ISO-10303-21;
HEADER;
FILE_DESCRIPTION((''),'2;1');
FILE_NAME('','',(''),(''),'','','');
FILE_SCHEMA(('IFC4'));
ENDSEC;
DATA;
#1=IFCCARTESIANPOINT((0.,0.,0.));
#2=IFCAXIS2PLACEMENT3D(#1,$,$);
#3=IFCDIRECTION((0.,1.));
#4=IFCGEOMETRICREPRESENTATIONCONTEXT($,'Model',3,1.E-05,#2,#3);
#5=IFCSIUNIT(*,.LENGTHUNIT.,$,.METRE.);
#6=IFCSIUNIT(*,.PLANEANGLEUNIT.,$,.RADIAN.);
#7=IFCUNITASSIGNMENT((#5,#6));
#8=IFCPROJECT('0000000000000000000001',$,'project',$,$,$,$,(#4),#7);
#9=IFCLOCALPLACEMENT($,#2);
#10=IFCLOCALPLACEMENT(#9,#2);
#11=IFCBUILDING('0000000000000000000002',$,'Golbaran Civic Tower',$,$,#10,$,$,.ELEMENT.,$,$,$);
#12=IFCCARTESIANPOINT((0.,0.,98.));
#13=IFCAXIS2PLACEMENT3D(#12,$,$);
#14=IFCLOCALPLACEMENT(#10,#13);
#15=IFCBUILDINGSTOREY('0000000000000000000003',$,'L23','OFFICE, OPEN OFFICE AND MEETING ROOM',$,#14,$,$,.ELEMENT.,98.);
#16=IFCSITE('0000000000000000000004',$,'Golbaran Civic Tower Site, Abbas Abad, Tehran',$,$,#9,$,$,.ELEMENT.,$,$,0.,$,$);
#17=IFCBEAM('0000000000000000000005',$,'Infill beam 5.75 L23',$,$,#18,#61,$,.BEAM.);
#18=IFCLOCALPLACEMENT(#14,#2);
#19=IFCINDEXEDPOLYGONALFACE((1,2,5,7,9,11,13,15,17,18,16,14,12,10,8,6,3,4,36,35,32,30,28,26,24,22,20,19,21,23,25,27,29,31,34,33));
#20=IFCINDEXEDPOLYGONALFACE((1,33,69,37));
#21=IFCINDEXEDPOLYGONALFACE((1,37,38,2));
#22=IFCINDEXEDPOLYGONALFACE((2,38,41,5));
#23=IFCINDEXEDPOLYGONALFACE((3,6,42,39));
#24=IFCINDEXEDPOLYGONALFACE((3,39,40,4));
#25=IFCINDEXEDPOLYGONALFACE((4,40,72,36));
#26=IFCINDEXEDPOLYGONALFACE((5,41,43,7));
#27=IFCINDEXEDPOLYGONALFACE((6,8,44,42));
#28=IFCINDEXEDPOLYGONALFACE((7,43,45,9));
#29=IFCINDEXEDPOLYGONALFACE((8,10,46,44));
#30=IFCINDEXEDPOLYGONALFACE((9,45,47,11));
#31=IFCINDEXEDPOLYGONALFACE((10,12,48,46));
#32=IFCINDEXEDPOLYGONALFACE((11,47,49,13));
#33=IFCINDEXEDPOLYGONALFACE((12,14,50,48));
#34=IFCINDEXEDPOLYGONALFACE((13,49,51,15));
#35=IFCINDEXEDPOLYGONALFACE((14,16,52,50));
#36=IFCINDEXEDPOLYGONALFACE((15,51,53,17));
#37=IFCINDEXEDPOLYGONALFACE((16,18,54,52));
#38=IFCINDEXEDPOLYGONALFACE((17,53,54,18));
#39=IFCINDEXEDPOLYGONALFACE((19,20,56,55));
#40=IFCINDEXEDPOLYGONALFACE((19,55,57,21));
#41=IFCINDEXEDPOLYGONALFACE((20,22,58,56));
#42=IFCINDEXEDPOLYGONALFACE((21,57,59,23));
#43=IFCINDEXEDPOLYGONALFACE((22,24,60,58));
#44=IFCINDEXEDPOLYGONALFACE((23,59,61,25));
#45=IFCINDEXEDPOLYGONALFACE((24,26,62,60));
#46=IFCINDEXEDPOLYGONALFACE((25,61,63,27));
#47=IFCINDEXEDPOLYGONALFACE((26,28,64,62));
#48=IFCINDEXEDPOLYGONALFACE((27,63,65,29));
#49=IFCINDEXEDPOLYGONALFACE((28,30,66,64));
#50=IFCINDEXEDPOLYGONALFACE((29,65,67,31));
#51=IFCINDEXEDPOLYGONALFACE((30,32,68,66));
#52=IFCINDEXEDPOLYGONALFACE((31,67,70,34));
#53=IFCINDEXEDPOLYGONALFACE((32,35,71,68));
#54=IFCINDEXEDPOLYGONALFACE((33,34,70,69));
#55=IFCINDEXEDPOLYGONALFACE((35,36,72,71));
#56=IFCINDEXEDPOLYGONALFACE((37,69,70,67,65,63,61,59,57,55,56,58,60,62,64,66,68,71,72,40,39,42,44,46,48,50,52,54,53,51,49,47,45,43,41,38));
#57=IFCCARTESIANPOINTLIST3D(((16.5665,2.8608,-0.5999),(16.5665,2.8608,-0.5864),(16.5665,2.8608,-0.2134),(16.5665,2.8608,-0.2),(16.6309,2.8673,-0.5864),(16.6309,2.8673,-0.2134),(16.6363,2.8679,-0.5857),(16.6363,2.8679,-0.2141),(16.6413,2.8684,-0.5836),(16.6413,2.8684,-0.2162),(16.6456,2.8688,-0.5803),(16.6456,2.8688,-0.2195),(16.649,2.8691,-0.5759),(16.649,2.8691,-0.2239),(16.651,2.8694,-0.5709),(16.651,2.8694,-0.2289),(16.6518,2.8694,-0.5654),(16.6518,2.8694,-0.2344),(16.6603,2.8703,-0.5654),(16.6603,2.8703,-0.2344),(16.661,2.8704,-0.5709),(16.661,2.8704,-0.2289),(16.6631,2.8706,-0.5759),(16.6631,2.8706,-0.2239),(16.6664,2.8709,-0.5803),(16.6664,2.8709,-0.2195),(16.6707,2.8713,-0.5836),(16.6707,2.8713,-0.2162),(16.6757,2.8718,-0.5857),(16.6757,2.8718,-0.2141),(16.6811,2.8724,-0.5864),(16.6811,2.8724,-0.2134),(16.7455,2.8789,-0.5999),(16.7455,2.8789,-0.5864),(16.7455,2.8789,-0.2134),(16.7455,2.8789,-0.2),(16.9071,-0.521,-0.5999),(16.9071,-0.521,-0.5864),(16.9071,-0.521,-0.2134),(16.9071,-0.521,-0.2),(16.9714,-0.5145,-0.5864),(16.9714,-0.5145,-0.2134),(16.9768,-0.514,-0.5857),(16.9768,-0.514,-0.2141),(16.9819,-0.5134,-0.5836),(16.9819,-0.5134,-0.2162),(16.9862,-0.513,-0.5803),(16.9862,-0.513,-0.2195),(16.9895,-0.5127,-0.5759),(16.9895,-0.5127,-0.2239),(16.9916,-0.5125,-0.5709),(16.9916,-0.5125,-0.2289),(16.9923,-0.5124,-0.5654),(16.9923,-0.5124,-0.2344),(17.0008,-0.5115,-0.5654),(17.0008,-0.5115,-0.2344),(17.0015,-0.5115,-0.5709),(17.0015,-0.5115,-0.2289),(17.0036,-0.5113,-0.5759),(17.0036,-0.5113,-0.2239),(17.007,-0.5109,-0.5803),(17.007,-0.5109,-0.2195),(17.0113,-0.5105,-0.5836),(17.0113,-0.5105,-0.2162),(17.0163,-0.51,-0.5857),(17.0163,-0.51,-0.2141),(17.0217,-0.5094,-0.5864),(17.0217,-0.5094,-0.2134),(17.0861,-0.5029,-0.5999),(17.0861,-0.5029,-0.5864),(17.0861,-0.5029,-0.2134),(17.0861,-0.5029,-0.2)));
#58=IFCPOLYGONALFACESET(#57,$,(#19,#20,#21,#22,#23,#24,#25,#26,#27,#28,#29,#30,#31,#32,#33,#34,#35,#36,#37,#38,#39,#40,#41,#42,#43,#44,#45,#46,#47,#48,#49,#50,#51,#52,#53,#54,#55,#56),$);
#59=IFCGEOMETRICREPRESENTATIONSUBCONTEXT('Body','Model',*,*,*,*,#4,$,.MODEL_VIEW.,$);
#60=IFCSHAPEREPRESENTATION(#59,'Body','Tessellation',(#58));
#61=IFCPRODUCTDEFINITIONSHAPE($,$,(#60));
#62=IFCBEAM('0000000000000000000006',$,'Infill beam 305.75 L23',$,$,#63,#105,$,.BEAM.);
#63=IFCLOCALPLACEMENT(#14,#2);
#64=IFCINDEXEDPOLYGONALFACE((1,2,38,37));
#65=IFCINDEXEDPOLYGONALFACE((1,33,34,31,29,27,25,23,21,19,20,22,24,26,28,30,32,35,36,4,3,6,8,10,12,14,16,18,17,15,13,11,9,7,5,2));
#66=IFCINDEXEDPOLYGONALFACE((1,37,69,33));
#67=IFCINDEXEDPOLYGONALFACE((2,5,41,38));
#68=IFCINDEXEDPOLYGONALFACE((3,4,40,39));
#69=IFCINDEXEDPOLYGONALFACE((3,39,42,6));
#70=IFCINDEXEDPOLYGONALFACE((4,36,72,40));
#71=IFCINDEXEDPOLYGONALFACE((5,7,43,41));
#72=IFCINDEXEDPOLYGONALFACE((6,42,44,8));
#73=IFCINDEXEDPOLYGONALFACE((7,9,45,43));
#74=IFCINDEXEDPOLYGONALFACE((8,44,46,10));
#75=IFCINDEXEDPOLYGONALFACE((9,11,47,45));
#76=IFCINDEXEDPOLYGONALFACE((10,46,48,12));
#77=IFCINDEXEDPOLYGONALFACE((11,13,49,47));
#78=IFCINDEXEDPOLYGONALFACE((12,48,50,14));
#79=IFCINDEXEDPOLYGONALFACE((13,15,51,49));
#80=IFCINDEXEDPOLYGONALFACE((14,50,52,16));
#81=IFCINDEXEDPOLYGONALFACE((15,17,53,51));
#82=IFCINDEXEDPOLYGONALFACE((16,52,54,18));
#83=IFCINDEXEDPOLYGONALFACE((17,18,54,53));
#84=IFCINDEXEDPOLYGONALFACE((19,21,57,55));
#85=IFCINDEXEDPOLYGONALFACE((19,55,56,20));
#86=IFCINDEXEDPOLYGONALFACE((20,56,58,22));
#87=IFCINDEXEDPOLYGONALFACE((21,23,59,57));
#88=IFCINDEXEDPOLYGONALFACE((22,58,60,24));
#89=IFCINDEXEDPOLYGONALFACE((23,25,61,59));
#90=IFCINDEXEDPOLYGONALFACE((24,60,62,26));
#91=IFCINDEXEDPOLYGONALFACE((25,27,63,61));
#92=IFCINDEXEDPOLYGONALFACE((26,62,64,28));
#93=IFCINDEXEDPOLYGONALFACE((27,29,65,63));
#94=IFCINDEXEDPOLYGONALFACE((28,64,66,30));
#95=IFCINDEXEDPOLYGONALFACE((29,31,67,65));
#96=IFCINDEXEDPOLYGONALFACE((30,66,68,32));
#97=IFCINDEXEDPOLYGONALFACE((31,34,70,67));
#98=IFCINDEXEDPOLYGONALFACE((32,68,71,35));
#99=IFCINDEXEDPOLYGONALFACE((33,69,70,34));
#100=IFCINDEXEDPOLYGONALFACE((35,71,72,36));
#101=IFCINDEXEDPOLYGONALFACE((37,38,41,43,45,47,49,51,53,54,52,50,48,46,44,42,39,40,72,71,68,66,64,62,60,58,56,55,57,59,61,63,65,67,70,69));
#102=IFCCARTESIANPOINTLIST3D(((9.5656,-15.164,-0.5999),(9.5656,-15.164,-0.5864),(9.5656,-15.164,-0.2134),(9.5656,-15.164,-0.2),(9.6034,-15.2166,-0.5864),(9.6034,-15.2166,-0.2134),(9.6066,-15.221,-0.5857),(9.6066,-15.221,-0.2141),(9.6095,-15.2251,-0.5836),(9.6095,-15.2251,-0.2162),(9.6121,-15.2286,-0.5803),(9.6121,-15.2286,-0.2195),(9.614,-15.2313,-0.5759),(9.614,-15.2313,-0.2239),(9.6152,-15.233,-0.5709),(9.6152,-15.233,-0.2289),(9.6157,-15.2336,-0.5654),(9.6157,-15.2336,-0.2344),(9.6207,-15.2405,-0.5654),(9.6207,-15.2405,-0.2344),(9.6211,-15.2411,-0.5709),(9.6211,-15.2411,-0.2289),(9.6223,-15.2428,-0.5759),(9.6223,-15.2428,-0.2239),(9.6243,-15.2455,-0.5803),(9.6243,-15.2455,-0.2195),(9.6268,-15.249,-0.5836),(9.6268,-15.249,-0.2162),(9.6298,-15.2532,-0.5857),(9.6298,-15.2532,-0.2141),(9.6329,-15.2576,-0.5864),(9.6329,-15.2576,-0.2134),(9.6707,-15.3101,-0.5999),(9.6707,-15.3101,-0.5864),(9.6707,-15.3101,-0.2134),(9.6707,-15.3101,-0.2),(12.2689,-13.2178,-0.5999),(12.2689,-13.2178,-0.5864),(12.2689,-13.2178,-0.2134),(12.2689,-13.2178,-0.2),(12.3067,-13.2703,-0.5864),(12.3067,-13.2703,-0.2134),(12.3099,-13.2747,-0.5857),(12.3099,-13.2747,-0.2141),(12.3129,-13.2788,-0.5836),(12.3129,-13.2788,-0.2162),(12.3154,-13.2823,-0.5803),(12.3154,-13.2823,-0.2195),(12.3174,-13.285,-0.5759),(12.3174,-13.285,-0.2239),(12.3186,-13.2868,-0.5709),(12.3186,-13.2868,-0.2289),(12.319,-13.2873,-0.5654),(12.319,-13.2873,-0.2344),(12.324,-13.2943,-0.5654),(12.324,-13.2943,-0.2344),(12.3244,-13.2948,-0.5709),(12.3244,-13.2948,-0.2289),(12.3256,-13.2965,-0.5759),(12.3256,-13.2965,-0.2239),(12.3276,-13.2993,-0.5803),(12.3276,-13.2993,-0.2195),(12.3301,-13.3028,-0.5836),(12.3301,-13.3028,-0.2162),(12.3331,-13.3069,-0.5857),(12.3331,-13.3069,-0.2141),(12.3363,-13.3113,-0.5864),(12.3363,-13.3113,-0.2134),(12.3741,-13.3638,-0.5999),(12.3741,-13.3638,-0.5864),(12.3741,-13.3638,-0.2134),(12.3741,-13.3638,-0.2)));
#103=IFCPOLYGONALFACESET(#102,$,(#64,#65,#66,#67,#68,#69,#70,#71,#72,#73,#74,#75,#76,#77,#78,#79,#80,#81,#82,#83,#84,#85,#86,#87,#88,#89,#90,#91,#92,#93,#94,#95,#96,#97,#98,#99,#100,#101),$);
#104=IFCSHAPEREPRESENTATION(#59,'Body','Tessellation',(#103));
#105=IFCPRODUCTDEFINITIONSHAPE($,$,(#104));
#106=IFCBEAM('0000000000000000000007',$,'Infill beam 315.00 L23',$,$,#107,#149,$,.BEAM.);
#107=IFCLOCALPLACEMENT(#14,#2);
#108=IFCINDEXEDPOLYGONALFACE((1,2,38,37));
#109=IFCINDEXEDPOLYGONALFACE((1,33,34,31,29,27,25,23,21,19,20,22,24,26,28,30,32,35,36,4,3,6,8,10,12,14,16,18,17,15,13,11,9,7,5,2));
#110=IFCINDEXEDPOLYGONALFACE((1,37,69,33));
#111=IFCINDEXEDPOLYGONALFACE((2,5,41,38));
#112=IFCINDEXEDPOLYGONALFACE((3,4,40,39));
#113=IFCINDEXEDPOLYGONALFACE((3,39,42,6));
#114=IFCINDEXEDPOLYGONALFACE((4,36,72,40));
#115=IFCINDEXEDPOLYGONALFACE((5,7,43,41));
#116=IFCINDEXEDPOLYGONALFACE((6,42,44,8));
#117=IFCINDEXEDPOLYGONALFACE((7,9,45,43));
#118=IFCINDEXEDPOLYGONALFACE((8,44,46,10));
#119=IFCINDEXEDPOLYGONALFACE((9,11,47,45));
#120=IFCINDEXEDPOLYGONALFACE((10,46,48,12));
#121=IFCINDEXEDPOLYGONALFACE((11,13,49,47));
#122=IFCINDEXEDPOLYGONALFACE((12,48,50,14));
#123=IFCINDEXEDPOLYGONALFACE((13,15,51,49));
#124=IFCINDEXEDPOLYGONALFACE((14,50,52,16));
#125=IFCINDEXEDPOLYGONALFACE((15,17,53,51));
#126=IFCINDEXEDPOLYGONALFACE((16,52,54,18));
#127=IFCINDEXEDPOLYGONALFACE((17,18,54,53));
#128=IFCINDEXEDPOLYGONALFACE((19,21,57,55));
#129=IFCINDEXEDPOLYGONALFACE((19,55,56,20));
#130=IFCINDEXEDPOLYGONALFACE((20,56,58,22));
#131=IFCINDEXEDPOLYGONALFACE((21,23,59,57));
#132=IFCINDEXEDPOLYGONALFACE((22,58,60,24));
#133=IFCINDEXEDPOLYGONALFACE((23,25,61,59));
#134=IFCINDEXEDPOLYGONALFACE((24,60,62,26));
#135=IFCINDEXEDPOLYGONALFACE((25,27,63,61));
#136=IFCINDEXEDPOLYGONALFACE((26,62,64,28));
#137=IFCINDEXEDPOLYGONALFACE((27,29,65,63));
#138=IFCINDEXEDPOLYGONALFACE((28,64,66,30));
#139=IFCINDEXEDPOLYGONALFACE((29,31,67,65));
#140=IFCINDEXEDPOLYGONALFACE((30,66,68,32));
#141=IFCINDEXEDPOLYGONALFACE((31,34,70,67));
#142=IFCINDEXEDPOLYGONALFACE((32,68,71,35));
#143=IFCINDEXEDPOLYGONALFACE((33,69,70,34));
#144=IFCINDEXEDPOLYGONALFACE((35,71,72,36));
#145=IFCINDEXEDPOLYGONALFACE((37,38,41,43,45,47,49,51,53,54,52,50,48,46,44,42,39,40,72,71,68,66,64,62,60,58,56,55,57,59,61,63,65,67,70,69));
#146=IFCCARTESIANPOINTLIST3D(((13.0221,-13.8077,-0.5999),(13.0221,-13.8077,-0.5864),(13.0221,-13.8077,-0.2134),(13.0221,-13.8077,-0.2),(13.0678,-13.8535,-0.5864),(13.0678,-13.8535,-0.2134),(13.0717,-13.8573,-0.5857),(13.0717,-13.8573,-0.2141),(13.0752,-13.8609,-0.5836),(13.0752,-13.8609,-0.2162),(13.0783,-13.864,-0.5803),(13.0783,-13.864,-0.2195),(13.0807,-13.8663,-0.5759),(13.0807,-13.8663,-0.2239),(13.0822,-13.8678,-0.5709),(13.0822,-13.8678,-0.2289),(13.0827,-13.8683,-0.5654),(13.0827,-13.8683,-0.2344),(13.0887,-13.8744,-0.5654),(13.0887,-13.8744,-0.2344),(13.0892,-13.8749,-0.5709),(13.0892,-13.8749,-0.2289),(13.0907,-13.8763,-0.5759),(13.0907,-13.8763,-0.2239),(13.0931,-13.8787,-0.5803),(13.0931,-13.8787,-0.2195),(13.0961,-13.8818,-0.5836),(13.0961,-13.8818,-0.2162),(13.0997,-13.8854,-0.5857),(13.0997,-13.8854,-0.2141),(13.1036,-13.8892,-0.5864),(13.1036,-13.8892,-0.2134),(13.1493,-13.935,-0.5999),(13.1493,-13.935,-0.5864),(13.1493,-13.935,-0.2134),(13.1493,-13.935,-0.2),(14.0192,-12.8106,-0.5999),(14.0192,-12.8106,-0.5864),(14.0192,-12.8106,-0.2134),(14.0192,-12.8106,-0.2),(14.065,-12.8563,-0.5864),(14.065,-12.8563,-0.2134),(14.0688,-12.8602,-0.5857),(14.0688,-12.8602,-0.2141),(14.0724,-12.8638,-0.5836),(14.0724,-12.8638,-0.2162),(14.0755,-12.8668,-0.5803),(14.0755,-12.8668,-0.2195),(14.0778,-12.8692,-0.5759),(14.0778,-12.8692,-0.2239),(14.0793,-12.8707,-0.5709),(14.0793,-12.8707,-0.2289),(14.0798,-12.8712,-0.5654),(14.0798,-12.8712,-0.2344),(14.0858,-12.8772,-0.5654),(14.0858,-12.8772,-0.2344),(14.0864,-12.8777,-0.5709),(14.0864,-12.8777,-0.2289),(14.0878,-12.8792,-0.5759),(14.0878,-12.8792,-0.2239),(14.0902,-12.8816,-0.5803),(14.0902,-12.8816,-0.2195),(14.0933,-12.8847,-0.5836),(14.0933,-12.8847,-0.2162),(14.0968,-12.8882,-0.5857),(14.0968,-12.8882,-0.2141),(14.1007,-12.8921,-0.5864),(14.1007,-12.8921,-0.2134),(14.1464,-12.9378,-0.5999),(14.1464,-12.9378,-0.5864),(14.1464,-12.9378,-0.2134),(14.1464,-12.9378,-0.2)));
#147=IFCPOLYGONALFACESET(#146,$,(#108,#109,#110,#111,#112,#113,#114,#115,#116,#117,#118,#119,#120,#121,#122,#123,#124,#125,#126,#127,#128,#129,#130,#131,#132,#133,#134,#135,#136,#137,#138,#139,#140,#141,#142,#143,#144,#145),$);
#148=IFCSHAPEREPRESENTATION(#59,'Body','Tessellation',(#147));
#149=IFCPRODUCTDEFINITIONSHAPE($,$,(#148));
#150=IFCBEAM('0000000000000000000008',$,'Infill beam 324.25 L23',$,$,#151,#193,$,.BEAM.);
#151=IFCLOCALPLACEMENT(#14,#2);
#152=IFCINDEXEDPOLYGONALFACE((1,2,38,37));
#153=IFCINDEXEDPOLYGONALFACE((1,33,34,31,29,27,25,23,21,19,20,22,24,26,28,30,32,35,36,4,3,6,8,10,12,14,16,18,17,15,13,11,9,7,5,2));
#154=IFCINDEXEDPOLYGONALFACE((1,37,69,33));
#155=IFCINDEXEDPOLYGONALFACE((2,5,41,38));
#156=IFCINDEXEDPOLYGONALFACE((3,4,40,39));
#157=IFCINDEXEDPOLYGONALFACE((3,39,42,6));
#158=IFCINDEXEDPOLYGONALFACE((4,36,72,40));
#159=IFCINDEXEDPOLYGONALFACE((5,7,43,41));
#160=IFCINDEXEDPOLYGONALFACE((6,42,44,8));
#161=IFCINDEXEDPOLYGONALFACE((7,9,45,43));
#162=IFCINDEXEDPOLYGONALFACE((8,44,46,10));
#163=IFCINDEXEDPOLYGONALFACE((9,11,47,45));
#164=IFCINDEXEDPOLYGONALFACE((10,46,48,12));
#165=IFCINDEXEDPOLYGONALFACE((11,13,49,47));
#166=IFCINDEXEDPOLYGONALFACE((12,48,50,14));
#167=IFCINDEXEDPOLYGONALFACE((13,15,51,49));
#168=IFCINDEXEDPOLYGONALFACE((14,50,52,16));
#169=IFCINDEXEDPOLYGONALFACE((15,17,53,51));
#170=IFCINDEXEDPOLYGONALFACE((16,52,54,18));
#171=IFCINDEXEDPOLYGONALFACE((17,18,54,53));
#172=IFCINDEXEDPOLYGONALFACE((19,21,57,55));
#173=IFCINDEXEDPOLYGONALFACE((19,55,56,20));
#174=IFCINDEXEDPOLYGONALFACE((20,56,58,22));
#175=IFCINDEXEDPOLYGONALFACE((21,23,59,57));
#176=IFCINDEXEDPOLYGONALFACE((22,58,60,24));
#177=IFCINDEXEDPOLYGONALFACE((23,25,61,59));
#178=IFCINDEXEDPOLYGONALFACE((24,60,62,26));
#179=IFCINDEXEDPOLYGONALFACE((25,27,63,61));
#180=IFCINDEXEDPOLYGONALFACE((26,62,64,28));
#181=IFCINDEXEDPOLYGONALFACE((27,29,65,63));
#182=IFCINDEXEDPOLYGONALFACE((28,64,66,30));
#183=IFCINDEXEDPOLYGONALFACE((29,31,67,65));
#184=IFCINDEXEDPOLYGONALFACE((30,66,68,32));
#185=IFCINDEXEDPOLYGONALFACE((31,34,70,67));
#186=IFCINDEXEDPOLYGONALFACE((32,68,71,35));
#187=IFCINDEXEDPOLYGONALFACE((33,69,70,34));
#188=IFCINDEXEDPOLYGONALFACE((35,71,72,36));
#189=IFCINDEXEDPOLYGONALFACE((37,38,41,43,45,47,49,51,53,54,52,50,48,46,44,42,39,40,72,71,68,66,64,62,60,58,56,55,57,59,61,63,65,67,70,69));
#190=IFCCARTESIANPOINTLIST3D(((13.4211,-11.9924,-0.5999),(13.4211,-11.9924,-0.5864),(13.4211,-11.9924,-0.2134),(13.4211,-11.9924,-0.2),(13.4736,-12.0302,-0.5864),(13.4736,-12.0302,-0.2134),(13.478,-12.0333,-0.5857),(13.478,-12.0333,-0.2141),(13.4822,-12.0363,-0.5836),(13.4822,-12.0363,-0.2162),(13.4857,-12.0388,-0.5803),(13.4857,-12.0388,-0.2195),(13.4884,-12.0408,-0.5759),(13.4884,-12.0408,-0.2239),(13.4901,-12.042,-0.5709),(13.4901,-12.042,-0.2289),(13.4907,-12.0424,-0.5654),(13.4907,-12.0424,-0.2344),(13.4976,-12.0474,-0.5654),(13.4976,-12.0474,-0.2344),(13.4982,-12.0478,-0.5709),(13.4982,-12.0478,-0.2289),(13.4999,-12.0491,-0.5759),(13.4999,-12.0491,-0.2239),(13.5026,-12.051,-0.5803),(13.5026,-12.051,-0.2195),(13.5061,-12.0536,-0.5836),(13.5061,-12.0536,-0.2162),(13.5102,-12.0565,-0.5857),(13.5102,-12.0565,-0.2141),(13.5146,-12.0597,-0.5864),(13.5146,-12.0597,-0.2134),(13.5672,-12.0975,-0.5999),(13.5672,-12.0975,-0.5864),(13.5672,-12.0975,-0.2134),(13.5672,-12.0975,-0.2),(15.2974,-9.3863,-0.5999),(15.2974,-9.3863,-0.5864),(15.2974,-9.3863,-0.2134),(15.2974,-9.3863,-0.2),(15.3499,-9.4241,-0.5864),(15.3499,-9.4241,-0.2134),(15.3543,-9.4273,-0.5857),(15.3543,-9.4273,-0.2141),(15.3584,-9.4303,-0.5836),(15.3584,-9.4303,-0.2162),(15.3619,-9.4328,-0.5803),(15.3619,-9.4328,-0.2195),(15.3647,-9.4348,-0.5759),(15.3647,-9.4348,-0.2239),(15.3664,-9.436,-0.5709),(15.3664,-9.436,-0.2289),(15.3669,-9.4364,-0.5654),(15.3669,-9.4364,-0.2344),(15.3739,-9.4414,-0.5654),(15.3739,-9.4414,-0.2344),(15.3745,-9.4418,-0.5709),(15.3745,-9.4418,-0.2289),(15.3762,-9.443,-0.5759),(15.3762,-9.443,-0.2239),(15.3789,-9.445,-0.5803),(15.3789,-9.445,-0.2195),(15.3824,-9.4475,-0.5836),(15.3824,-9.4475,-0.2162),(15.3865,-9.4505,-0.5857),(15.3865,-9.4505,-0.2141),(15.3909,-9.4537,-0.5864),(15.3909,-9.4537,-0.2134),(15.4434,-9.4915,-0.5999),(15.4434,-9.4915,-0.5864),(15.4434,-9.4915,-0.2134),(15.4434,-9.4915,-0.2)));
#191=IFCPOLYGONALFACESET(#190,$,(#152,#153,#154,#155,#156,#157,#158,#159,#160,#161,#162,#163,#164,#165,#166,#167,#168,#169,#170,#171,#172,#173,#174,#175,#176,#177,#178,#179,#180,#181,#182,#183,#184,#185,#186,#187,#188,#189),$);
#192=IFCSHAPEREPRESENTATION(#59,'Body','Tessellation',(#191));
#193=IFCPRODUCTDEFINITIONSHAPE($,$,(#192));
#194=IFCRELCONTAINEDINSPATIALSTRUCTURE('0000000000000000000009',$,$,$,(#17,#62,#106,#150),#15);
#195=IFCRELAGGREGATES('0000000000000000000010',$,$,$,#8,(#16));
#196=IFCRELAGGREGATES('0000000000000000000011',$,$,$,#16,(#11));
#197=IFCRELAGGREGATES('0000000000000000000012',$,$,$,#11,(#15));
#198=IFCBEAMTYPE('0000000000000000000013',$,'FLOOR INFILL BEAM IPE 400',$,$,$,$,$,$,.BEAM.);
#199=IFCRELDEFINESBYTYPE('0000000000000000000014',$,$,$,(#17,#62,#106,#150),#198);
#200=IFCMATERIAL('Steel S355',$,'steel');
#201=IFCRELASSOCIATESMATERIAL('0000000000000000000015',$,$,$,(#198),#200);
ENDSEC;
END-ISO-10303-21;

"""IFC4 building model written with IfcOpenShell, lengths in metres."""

from ifc_helpers import new_model, si_unit, direction, frame, origin, origin_2d, place, context, subcontext, project, spatial, i_section, extrude, material, material_profile, profile_set, type_object, element, save


model = new_model("IFC4")

# Units and contexts
model_context = context("Model", 3, precision=1e-05, world=origin(), true_north=direction((0.0, 1.0)))
body_context = subcontext(model_context, "Body", "Model", "MODEL_VIEW")
ifc_project = project(units=[si_unit("LENGTHUNIT", "METRE"), si_unit("PLANEANGLEUNIT", "RADIAN")], contexts=[model_context])

# Site, building, storey
site_placement = place(None, origin())
site = spatial("IfcSite", under=ifc_project, at=site_placement, Name="Golbaran Civic Tower Site, Abbas Abad, Tehran", CompositionType="ELEMENT", RefElevation=0.0)
building_placement = place(site_placement, origin())
building = spatial("IfcBuilding", under=site, at=building_placement, Name="Golbaran Civic Tower", CompositionType="ELEMENT")
storey_placement = place(building_placement, frame((0.0, 0.0, 98.0)))
storey = spatial("IfcBuildingStorey", under=building, at=storey_placement, Name="L23", Description="OFFICE, OPEN OFFICE AND MEETING ROOM", CompositionType="ELEMENT", Elevation=98.0)

# Beams
ifc_material_1 = material(Name="Steel S355", Category="steel")
ifc_material_profile_1 = material_profile(ifc_material_1, i_section(OverallWidth=0.1799, OverallDepth=0.3999, WebThickness=0.0085, FlangeThickness=0.0134, FilletRadius=0.021, at=origin_2d()), Name="IPE 400")
ifc_profile_set_1 = profile_set([ifc_material_profile_1], Name="Steel S355")
beam_type_1 = type_object("IfcBeamType", Name="FLOOR INFILL BEAM IPE 400", PredefinedType="BEAM", material=ifc_profile_set_1)
beam_1_placement = place(storey_placement, frame((16.9966, -0.512, -0.3999), z_axis=(-0.100201, 0.994967, 0.0), x_axis=(-0.994967, -0.100201, 0.0)))
element("IfcBeam", 1, at=beam_1_placement, inside=storey, type_object=beam_type_1, Name="Infill beam 5.75 L23", PredefinedType="BEAM", context=body_context, shape_type="SweptSolid", body=[
    extrude(i_section(OverallWidth=0.1799, OverallDepth=0.3999, WebThickness=0.0085, FlangeThickness=0.0134, FilletRadius=0.021, at=origin_2d()), origin(), (0.0, 0.0, 1.0), 3.3989),
])
beam_2_placement = place(storey_placement, frame((9.6182, -15.2371, -0.3999), z_axis=(0.811554, 0.584278, 0.0), x_axis=(-0.584278, 0.811554, 0.0)))
element("IfcBeam", 2, at=beam_2_placement, inside=storey, type_object=beam_type_1, Name="Infill beam 305.75 L23", PredefinedType="BEAM", context=body_context, shape_type="SweptSolid", body=[
    extrude(i_section(OverallWidth=0.1799, OverallDepth=0.3999, WebThickness=0.0085, FlangeThickness=0.0134, FilletRadius=0.021, at=origin_2d()), origin(), (0.0, 0.0, 1.0), 3.3311),
])
beam_3_placement = place(storey_placement, frame((13.0857, -13.8713, -0.3999), z_axis=(0.707107, 0.707107, 0.0), x_axis=(-0.707107, 0.707107, 0.0)))
element("IfcBeam", 3, at=beam_3_placement, inside=storey, type_object=beam_type_1, Name="Infill beam 315.00 L23", PredefinedType="BEAM", context=body_context, shape_type="SweptSolid", body=[
    extrude(i_section(OverallWidth=0.1799, OverallDepth=0.3999, WebThickness=0.0085, FlangeThickness=0.0134, FilletRadius=0.021, at=origin_2d()), origin(), (0.0, 0.0, 1.0), 1.4102),
])
beam_4_placement = place(storey_placement, frame((13.4941, -12.0449, -0.3999), z_axis=(0.584291, 0.811544, 0.0), x_axis=(-0.811544, 0.584291, 0.0)))
element("IfcBeam", 4, at=beam_4_placement, inside=storey, type_object=beam_type_1, Name="Infill beam 324.25 L23", PredefinedType="BEAM", context=body_context, shape_type="SweptSolid", body=[
    extrude(i_section(OverallWidth=0.1799, OverallDepth=0.3999, WebThickness=0.0085, FlangeThickness=0.0134, FilletRadius=0.021, at=origin_2d()), origin(), (0.0, 0.0, 1.0), 3.2112),
])

save(model, "model.ifc")
